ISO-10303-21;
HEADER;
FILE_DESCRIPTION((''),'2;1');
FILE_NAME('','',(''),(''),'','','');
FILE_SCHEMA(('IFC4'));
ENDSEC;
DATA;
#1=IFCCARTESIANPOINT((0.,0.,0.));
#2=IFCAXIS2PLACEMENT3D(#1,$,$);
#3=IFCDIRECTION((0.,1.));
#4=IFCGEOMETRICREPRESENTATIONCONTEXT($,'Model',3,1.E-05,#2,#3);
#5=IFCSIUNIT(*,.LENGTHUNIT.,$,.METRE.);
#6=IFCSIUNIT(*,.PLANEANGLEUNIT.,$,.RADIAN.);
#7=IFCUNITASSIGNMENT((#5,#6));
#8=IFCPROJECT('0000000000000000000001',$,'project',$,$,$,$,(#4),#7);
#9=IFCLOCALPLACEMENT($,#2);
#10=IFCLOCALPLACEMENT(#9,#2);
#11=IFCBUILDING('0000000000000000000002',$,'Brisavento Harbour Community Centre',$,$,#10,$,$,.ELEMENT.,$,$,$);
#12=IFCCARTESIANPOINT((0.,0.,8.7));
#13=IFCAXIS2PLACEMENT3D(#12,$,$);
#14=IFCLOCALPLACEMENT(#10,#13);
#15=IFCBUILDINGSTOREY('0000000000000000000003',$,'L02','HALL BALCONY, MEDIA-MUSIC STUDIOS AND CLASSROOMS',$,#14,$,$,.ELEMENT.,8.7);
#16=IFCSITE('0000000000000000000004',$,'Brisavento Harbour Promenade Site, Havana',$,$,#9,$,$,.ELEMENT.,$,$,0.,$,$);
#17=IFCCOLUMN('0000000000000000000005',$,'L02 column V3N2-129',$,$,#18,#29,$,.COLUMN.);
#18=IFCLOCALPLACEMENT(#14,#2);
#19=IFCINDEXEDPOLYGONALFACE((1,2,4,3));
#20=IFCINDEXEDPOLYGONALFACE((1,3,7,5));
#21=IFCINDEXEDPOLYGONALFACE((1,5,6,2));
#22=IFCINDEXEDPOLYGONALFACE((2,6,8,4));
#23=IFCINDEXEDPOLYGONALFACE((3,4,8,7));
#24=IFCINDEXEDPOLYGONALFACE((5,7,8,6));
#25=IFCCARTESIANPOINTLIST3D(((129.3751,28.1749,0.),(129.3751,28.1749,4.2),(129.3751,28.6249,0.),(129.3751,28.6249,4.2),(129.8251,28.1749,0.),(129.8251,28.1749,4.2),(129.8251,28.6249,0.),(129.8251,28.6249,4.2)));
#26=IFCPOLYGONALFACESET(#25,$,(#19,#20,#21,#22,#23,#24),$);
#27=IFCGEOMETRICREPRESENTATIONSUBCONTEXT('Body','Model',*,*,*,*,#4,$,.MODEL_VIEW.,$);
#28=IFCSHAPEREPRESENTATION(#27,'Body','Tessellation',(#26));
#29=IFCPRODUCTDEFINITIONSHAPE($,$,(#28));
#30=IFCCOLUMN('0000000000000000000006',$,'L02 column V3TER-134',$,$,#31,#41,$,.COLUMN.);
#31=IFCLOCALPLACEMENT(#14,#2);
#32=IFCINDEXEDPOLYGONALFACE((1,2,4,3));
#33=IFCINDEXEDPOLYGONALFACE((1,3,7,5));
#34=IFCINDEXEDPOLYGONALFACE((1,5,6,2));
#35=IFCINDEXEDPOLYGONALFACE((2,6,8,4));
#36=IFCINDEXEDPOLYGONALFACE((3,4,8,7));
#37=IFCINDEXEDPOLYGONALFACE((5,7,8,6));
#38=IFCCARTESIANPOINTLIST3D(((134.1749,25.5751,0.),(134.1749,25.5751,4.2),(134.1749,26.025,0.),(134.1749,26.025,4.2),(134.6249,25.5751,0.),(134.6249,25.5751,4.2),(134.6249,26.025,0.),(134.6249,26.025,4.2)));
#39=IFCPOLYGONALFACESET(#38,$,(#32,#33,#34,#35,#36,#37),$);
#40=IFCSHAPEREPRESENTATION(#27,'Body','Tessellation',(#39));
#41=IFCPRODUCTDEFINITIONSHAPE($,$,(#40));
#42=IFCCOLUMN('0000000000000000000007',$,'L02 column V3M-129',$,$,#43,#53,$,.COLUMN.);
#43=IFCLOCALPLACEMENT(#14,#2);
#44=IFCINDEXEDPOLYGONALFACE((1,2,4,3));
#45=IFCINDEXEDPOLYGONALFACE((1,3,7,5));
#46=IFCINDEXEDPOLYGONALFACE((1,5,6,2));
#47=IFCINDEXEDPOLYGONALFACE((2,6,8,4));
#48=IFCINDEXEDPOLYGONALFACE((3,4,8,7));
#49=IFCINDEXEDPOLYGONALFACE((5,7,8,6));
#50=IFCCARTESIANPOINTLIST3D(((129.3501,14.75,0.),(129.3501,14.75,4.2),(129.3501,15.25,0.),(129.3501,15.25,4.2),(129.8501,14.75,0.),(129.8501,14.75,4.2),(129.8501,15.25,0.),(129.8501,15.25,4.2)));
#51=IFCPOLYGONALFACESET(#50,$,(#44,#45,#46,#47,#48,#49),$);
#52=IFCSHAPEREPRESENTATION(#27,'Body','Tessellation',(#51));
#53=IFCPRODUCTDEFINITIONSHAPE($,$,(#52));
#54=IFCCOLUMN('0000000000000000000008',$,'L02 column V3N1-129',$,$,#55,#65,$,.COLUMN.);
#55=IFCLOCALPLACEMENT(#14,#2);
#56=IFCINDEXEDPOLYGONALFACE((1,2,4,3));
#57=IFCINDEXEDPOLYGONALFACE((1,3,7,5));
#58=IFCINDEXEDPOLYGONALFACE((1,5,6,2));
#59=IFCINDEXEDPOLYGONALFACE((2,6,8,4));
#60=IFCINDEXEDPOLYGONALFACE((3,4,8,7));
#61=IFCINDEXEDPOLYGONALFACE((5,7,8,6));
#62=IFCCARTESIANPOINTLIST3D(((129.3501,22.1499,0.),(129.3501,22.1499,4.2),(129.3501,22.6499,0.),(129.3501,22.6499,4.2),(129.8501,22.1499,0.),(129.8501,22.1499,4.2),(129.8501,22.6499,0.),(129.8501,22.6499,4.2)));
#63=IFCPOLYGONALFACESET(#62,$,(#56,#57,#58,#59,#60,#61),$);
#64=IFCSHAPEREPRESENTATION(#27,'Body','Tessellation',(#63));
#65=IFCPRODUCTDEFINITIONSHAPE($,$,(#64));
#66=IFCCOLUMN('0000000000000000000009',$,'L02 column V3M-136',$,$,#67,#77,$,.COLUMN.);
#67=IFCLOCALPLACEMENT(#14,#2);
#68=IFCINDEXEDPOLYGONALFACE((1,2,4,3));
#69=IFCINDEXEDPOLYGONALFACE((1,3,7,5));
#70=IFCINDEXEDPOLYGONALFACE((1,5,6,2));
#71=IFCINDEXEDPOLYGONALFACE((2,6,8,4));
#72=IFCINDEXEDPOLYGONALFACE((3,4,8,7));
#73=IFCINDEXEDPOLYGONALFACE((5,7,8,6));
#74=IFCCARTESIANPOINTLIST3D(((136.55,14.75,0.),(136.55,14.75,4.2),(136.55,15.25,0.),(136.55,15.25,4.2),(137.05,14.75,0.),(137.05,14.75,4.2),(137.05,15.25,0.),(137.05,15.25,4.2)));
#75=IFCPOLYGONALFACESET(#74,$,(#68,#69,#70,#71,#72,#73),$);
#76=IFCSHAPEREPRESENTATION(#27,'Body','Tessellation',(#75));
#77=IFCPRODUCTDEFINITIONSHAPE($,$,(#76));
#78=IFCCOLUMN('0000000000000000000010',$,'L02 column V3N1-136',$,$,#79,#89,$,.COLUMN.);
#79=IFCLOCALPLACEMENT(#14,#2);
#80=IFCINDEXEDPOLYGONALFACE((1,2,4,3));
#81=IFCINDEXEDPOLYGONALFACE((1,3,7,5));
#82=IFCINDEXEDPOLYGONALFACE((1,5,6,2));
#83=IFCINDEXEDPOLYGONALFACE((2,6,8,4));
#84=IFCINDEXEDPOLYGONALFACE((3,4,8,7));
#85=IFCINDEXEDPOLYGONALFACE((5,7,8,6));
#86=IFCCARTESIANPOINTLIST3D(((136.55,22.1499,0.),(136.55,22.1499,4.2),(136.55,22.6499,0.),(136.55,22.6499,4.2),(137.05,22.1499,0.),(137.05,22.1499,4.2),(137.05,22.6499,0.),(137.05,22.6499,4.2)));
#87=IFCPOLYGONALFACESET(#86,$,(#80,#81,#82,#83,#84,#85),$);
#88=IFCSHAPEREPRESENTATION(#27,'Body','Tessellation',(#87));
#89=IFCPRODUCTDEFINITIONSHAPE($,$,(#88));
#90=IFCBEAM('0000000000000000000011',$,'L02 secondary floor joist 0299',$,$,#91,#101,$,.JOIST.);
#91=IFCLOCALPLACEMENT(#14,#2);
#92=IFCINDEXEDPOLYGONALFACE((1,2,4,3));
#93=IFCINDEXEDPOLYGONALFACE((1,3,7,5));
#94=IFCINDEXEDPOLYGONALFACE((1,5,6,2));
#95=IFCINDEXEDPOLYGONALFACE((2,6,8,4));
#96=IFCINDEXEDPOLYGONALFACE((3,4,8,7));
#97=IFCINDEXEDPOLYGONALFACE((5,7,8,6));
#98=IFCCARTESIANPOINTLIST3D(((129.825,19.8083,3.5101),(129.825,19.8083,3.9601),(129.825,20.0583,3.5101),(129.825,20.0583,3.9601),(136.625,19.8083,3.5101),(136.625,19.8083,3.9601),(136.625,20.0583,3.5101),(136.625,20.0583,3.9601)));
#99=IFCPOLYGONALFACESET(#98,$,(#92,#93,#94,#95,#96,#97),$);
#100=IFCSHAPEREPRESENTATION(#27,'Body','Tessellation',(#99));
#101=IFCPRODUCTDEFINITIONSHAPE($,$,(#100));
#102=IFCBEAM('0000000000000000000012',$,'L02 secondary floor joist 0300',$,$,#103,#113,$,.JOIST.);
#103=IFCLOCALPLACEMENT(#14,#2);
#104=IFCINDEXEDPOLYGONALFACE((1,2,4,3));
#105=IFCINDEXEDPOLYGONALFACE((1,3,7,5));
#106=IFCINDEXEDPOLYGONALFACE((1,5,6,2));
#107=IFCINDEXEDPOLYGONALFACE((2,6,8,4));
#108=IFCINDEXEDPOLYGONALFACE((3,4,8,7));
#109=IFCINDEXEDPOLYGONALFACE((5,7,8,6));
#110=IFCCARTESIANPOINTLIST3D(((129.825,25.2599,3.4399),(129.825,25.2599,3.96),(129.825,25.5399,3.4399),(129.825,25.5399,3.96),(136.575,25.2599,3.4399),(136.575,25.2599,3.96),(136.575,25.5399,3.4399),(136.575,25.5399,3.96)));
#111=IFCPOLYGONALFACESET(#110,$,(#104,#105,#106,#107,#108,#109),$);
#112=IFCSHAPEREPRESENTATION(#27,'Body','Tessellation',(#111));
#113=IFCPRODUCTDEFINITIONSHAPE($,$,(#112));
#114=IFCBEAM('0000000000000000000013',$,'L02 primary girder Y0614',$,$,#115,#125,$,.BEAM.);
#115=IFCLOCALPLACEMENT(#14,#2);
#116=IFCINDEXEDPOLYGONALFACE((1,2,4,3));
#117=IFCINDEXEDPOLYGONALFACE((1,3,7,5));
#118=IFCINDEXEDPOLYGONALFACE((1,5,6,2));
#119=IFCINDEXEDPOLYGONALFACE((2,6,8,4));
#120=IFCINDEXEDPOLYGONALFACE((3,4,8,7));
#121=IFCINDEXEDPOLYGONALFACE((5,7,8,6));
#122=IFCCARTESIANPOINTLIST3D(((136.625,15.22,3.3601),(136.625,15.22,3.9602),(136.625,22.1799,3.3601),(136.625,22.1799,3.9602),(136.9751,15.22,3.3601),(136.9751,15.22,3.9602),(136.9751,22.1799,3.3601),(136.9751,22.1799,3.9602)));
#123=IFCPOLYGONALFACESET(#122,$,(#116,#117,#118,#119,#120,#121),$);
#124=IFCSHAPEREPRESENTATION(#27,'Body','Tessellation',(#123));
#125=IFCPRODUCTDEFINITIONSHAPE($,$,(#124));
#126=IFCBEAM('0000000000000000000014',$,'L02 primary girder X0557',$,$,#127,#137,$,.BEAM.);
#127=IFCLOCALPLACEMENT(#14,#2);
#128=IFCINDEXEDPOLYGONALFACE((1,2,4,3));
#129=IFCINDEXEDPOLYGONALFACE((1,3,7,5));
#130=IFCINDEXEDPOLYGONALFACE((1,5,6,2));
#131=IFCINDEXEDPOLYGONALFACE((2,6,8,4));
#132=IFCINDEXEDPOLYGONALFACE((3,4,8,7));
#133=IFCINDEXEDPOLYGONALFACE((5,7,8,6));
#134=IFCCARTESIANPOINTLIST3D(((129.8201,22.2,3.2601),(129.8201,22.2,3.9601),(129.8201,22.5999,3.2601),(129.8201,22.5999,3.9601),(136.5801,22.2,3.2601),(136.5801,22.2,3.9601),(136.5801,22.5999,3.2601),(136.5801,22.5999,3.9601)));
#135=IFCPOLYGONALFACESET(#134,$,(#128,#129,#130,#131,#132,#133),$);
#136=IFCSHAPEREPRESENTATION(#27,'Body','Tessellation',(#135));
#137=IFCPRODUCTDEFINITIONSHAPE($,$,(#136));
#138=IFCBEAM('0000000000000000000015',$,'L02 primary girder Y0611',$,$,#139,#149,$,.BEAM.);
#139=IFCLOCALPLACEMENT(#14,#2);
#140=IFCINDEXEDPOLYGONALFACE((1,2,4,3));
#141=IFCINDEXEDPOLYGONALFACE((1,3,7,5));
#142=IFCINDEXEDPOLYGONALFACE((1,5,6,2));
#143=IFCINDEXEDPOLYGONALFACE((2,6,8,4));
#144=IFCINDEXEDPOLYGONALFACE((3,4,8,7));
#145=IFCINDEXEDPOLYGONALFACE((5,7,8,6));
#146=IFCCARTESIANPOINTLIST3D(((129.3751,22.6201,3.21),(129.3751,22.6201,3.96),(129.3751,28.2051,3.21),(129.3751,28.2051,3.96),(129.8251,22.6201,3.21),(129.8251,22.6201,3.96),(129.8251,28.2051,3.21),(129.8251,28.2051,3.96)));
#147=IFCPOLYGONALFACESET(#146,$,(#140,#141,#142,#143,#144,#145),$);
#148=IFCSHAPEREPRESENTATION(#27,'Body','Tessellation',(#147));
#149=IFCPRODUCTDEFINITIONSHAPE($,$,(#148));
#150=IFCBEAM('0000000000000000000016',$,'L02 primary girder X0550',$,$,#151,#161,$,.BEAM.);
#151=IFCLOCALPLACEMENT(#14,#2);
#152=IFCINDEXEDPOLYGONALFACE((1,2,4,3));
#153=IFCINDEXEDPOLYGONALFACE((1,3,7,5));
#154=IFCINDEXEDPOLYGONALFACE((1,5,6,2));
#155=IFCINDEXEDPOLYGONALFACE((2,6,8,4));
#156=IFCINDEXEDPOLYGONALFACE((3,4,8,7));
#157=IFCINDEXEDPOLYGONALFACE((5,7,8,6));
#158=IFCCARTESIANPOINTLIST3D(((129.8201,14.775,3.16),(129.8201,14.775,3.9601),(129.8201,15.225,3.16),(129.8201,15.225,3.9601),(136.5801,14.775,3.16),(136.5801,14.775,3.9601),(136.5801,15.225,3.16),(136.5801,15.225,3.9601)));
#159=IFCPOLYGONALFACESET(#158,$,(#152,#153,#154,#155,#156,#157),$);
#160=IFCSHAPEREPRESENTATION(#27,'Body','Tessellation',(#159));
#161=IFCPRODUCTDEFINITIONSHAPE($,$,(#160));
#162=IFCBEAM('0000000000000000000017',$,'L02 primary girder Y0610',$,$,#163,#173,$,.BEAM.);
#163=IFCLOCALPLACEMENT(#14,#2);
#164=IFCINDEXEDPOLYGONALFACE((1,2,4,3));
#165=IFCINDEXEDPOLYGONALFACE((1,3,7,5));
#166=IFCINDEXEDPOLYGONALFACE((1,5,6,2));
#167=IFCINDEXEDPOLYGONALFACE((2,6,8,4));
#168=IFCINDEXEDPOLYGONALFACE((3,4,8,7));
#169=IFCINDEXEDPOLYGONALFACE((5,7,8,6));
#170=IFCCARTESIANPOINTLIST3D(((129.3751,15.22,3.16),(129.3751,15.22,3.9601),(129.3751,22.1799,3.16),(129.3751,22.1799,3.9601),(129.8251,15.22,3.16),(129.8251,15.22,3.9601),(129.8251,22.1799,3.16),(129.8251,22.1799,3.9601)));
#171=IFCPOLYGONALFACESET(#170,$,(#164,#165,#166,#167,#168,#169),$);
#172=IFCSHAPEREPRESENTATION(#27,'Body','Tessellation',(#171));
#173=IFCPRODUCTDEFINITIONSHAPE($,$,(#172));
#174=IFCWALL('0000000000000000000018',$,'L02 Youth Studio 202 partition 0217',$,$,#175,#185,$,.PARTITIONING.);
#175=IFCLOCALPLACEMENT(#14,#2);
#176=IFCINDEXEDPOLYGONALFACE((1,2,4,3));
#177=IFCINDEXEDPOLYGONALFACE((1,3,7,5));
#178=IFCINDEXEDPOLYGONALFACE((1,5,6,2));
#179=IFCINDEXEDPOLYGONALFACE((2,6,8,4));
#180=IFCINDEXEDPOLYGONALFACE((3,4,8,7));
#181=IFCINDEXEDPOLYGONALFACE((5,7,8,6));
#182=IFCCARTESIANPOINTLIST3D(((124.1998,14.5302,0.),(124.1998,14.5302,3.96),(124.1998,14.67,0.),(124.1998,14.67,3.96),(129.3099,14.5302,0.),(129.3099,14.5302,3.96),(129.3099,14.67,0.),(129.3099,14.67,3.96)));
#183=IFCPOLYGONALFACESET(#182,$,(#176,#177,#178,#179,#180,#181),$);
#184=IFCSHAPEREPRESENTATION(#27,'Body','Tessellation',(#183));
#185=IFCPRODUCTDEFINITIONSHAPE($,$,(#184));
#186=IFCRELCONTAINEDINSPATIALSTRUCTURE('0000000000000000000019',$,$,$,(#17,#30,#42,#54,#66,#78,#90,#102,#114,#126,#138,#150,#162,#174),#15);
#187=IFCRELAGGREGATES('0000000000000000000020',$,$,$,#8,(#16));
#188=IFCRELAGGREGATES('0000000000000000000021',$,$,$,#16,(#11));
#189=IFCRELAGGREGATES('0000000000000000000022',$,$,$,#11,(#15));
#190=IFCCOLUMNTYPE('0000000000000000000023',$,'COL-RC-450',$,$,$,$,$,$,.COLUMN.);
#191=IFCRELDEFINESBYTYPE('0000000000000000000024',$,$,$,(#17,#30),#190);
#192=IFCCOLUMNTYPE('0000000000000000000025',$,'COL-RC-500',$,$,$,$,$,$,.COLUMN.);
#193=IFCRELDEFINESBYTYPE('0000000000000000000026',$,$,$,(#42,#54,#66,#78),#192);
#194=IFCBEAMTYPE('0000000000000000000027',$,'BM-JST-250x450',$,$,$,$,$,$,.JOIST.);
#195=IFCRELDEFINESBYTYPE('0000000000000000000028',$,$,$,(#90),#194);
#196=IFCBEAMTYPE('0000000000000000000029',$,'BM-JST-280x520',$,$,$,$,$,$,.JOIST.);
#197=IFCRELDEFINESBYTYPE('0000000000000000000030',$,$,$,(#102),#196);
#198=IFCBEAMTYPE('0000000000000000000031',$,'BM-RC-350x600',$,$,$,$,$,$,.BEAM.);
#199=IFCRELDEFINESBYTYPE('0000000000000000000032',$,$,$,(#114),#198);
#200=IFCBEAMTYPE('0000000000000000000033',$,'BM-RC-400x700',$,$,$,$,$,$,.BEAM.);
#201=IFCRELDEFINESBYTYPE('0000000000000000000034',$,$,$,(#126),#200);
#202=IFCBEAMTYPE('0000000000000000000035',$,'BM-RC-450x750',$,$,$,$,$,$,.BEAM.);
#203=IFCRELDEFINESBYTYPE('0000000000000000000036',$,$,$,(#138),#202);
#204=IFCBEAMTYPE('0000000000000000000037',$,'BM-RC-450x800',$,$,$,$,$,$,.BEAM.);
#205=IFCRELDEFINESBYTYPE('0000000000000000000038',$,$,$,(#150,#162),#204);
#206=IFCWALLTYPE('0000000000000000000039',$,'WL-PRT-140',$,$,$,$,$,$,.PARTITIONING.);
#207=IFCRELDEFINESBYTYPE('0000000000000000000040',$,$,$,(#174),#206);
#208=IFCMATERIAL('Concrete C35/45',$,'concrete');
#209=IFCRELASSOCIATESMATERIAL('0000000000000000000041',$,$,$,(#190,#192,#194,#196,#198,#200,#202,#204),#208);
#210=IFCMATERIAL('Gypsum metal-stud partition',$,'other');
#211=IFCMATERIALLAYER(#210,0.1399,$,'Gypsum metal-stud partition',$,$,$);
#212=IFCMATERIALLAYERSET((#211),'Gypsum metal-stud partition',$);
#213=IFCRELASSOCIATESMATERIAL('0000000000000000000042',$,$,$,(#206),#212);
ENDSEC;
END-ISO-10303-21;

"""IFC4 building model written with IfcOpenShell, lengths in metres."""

from ifc_helpers import new_model, si_unit, direction, frame, frame_2d, origin, origin_2d, place, context, subcontext, project, spatial, rectangle, extrude, material, layer, layer_set, material_profile, profile_set, type_object, element, save


model = new_model("IFC4")

# Units and contexts
model_context = context("Model", 3, precision=1e-05, world=origin(), true_north=direction((0.0, 1.0)))
body_context = subcontext(model_context, "Body", "Model", "MODEL_VIEW")
ifc_project = project(units=[si_unit("LENGTHUNIT", "METRE"), si_unit("PLANEANGLEUNIT", "RADIAN")], contexts=[model_context])

# Site, building, storey
site_placement = place(None, origin())
site = spatial("IfcSite", under=ifc_project, at=site_placement, Name="Brisavento Harbour Promenade Site, Havana", CompositionType="ELEMENT", RefElevation=0.0)
building_placement = place(site_placement, origin())
building = spatial("IfcBuilding", under=site, at=building_placement, Name="Brisavento Harbour Community Centre", CompositionType="ELEMENT")
storey_placement = place(building_placement, frame((0.0, 0.0, 8.7)))
storey = spatial("IfcBuildingStorey", under=building, at=storey_placement, Name="L02", Description="HALL BALCONY, MEDIA-MUSIC STUDIOS AND CLASSROOMS", CompositionType="ELEMENT", Elevation=8.7)

# Columns
ifc_material_1 = material(Name="Concrete C35/45", Category="concrete")
ifc_material_profile_1 = material_profile(ifc_material_1, rectangle(XDim=0.45, YDim=0.45, at=origin_2d()), Name="Concrete C35/45")
ifc_profile_set_1 = profile_set([ifc_material_profile_1], Name="Concrete C35/45")
column_type_1 = type_object("IfcColumnType", Name="COL-RC-450", PredefinedType="COLUMN", material=ifc_profile_set_1)
for number, where, z_axis, x_axis, name in (
    (1, (129.6001, 28.3999, 0.0), (0.0, 0.0, 1.0), (1.0, 0.0, 0.0), "L02 column V3N2-129"),
    (2, (134.3999, 25.8, 0.0), (0.0, 0.0, 1.0), (1.0, 0.0, 0.0), "L02 column V3TER-134"),
):
    element("IfcColumn", number, at=place(storey_placement, frame(where, z_axis=z_axis, x_axis=x_axis)), inside=storey, type_object=column_type_1, Name=name, PredefinedType="COLUMN", context=body_context, shape_type="SweptSolid", body=[
        extrude(rectangle(XDim=0.45, YDim=0.45, at=origin_2d()), origin(), (0.0, 0.0, 1.0), 4.2),
    ])
ifc_material_profile_2 = material_profile(ifc_material_1, rectangle(XDim=0.5, YDim=0.5, at=origin_2d()), Name="Concrete C35/45")
ifc_profile_set_2 = profile_set([ifc_material_profile_2], Name="Concrete C35/45")
column_type_2 = type_object("IfcColumnType", Name="COL-RC-500", PredefinedType="COLUMN", material=ifc_profile_set_2)
for number, where, z_axis, x_axis, name in (
    (3, (129.6001, 15.0, 0.0), (0.0, 0.0, 1.0), (1.0, 0.0, 0.0), "L02 column V3M-129"),
    (4, (129.6001, 22.3999, 0.0), (0.0, 0.0, 1.0), (1.0, 0.0, 0.0), "L02 column V3N1-129"),
    (5, (136.8, 15.0, 0.0), (0.0, 0.0, 1.0), (1.0, 0.0, 0.0), "L02 column V3M-136"),
    (6, (136.8, 22.3999, 0.0), (0.0, 0.0, 1.0), (1.0, 0.0, 0.0), "L02 column V3N1-136"),
):
    element("IfcColumn", number, at=place(storey_placement, frame(where, z_axis=z_axis, x_axis=x_axis)), inside=storey, type_object=column_type_2, Name=name, PredefinedType="COLUMN", context=body_context, shape_type="SweptSolid", body=[
        extrude(rectangle(XDim=0.5, YDim=0.5, at=origin_2d()), origin(), (0.0, 0.0, 1.0), 4.2),
    ])

# Beams
ifc_material_profile_3 = material_profile(ifc_material_1, rectangle(XDim=0.25, YDim=0.45, at=origin_2d()), Name="Concrete C35/45")
ifc_profile_set_3 = profile_set([ifc_material_profile_3], Name="Concrete C35/45")
beam_type_1 = type_object("IfcBeamType", Name="BM-JST-250x450", PredefinedType="JOIST", material=ifc_profile_set_3)
beam_1_placement = place(storey_placement, frame((129.825, 19.9333, 3.7351), z_axis=(1.0, 0.0, 0.0), x_axis=(0.0, 1.0, 0.0)))
element("IfcBeam", 7, at=beam_1_placement, inside=storey, type_object=beam_type_1, Name="L02 secondary floor joist 0299", PredefinedType="JOIST", context=body_context, shape_type="SweptSolid", body=[
    extrude(rectangle(XDim=0.25, YDim=0.45, at=origin_2d()), origin(), (0.0, 0.0, 1.0), 6.8),
])
ifc_material_profile_4 = material_profile(ifc_material_1, rectangle(XDim=0.28, YDim=0.52, at=origin_2d()), Name="Concrete C35/45")
ifc_profile_set_4 = profile_set([ifc_material_profile_4], Name="Concrete C35/45")
beam_type_2 = type_object("IfcBeamType", Name="BM-JST-280x520", PredefinedType="JOIST", material=ifc_profile_set_4)
beam_2_placement = place(storey_placement, frame((129.825, 25.3999, 3.7), z_axis=(1.0, 0.0, 0.0), x_axis=(0.0, 1.0, 0.0)))
element("IfcBeam", 8, at=beam_2_placement, inside=storey, type_object=beam_type_2, Name="L02 secondary floor joist 0300", PredefinedType="JOIST", context=body_context, shape_type="SweptSolid", body=[
    extrude(rectangle(XDim=0.28, YDim=0.52, at=origin_2d()), origin(), (0.0, 0.0, 1.0), 6.75),
])
ifc_material_profile_5 = material_profile(ifc_material_1, rectangle(XDim=0.3501, YDim=0.6001, at=origin_2d()), Name="Concrete C35/45")
ifc_profile_set_5 = profile_set([ifc_material_profile_5], Name="Concrete C35/45")
beam_type_3 = type_object("IfcBeamType", Name="BM-RC-350x600", PredefinedType="BEAM", material=ifc_profile_set_5)
beam_3_placement = place(storey_placement, frame((136.8, 15.22, 3.6602), z_axis=(0.0, 1.0, 0.0), x_axis=(-1.0, 0.0, 0.0)))
element("IfcBeam", 9, at=beam_3_placement, inside=storey, type_object=beam_type_3, Name="L02 primary girder Y0614", PredefinedType="BEAM", context=body_context, shape_type="SweptSolid", body=[
    extrude(rectangle(XDim=0.3501, YDim=0.6001, at=origin_2d()), origin(), (0.0, 0.0, 1.0), 6.96),
])
ifc_material_profile_6 = material_profile(ifc_material_1, rectangle(XDim=0.3999, YDim=0.7, at=origin_2d()), Name="Concrete C35/45")
ifc_profile_set_6 = profile_set([ifc_material_profile_6], Name="Concrete C35/45")
beam_type_4 = type_object("IfcBeamType", Name="BM-RC-400x700", PredefinedType="BEAM", material=ifc_profile_set_6)
beam_4_placement = place(storey_placement, frame((129.8201, 22.3999, 3.6101), z_axis=(1.0, 0.0, 0.0), x_axis=(0.0, 1.0, 0.0)))
element("IfcBeam", 10, at=beam_4_placement, inside=storey, type_object=beam_type_4, Name="L02 primary girder X0557", PredefinedType="BEAM", context=body_context, shape_type="SweptSolid", body=[
    extrude(rectangle(XDim=0.3999, YDim=0.7, at=origin_2d()), origin(), (0.0, 0.0, 1.0), 6.76),
])
ifc_material_profile_7 = material_profile(ifc_material_1, rectangle(XDim=0.45, YDim=0.75, at=origin_2d()), Name="Concrete C35/45")
ifc_profile_set_7 = profile_set([ifc_material_profile_7], Name="Concrete C35/45")
beam_type_5 = type_object("IfcBeamType", Name="BM-RC-450x750", PredefinedType="BEAM", material=ifc_profile_set_7)
beam_5_placement = place(storey_placement, frame((129.6001, 22.6201, 3.585), z_axis=(0.0, 1.0, 0.0), x_axis=(-1.0, 0.0, 0.0)))
element("IfcBeam", 11, at=beam_5_placement, inside=storey, type_object=beam_type_5, Name="L02 primary girder Y0611", PredefinedType="BEAM", context=body_context, shape_type="SweptSolid", body=[
    extrude(rectangle(XDim=0.45, YDim=0.75, at=origin_2d()), origin(), (0.0, 0.0, 1.0), 5.585),
])
ifc_material_profile_8 = material_profile(ifc_material_1, rectangle(XDim=0.45, YDim=0.8, at=origin_2d()), Name="Concrete C35/45")
ifc_profile_set_8 = profile_set([ifc_material_profile_8], Name="Concrete C35/45")
beam_type_6 = type_object("IfcBeamType", Name="BM-RC-450x800", PredefinedType="BEAM", material=ifc_profile_set_8)
beam_6_placement = place(storey_placement, frame((129.8201, 15.0, 3.5601), z_axis=(1.0, 0.0, 0.0), x_axis=(0.0, 1.0, 0.0)))
element("IfcBeam", 12, at=beam_6_placement, inside=storey, type_object=beam_type_6, Name="L02 primary girder X0550", PredefinedType="BEAM", context=body_context, shape_type="SweptSolid", body=[
    extrude(rectangle(XDim=0.45, YDim=0.8, at=origin_2d()), origin(), (0.0, 0.0, 1.0), 6.76),
])
beam_7_placement = place(storey_placement, frame((129.6001, 15.22, 3.5601), z_axis=(0.0, 1.0, 0.0), x_axis=(-1.0, 0.0, 0.0)))
element("IfcBeam", 13, at=beam_7_placement, inside=storey, type_object=beam_type_6, Name="L02 primary girder Y0610", PredefinedType="BEAM", context=body_context, shape_type="SweptSolid", body=[
    extrude(rectangle(XDim=0.45, YDim=0.8, at=origin_2d()), origin(), (0.0, 0.0, 1.0), 6.96),
])

# Wall
ifc_material_2 = material(Name="Gypsum metal-stud partition", Category="other")
ifc_layer_1 = layer(ifc_material_2, 0.1399, Name="Gypsum metal-stud partition")
ifc_layer_set_1 = layer_set([ifc_layer_1], Name="Gypsum metal-stud partition")
wall_type_1 = type_object("IfcWallType", Name="WL-PRT-140", PredefinedType="PARTITIONING", material=ifc_layer_set_1)
wall_1_placement = place(storey_placement, frame((129.3101, 14.6001, 0.0), z_axis=(0.0, 0.0, 1.0), x_axis=(-1.0, 0.0, 0.0)))
element("IfcWall", 14, at=wall_1_placement, inside=storey, type_object=wall_type_1, Name="L02 Youth Studio 202 partition 0217", PredefinedType="PARTITIONING", context=body_context, shape_type="SweptSolid", body=[
    extrude(rectangle(XDim=5.1101, YDim=0.1399, at=frame_2d((2.5552, 0.0))), origin(), (0.0, 0.0, 1.0), 3.96),
])

save(model, "model.ifc")
